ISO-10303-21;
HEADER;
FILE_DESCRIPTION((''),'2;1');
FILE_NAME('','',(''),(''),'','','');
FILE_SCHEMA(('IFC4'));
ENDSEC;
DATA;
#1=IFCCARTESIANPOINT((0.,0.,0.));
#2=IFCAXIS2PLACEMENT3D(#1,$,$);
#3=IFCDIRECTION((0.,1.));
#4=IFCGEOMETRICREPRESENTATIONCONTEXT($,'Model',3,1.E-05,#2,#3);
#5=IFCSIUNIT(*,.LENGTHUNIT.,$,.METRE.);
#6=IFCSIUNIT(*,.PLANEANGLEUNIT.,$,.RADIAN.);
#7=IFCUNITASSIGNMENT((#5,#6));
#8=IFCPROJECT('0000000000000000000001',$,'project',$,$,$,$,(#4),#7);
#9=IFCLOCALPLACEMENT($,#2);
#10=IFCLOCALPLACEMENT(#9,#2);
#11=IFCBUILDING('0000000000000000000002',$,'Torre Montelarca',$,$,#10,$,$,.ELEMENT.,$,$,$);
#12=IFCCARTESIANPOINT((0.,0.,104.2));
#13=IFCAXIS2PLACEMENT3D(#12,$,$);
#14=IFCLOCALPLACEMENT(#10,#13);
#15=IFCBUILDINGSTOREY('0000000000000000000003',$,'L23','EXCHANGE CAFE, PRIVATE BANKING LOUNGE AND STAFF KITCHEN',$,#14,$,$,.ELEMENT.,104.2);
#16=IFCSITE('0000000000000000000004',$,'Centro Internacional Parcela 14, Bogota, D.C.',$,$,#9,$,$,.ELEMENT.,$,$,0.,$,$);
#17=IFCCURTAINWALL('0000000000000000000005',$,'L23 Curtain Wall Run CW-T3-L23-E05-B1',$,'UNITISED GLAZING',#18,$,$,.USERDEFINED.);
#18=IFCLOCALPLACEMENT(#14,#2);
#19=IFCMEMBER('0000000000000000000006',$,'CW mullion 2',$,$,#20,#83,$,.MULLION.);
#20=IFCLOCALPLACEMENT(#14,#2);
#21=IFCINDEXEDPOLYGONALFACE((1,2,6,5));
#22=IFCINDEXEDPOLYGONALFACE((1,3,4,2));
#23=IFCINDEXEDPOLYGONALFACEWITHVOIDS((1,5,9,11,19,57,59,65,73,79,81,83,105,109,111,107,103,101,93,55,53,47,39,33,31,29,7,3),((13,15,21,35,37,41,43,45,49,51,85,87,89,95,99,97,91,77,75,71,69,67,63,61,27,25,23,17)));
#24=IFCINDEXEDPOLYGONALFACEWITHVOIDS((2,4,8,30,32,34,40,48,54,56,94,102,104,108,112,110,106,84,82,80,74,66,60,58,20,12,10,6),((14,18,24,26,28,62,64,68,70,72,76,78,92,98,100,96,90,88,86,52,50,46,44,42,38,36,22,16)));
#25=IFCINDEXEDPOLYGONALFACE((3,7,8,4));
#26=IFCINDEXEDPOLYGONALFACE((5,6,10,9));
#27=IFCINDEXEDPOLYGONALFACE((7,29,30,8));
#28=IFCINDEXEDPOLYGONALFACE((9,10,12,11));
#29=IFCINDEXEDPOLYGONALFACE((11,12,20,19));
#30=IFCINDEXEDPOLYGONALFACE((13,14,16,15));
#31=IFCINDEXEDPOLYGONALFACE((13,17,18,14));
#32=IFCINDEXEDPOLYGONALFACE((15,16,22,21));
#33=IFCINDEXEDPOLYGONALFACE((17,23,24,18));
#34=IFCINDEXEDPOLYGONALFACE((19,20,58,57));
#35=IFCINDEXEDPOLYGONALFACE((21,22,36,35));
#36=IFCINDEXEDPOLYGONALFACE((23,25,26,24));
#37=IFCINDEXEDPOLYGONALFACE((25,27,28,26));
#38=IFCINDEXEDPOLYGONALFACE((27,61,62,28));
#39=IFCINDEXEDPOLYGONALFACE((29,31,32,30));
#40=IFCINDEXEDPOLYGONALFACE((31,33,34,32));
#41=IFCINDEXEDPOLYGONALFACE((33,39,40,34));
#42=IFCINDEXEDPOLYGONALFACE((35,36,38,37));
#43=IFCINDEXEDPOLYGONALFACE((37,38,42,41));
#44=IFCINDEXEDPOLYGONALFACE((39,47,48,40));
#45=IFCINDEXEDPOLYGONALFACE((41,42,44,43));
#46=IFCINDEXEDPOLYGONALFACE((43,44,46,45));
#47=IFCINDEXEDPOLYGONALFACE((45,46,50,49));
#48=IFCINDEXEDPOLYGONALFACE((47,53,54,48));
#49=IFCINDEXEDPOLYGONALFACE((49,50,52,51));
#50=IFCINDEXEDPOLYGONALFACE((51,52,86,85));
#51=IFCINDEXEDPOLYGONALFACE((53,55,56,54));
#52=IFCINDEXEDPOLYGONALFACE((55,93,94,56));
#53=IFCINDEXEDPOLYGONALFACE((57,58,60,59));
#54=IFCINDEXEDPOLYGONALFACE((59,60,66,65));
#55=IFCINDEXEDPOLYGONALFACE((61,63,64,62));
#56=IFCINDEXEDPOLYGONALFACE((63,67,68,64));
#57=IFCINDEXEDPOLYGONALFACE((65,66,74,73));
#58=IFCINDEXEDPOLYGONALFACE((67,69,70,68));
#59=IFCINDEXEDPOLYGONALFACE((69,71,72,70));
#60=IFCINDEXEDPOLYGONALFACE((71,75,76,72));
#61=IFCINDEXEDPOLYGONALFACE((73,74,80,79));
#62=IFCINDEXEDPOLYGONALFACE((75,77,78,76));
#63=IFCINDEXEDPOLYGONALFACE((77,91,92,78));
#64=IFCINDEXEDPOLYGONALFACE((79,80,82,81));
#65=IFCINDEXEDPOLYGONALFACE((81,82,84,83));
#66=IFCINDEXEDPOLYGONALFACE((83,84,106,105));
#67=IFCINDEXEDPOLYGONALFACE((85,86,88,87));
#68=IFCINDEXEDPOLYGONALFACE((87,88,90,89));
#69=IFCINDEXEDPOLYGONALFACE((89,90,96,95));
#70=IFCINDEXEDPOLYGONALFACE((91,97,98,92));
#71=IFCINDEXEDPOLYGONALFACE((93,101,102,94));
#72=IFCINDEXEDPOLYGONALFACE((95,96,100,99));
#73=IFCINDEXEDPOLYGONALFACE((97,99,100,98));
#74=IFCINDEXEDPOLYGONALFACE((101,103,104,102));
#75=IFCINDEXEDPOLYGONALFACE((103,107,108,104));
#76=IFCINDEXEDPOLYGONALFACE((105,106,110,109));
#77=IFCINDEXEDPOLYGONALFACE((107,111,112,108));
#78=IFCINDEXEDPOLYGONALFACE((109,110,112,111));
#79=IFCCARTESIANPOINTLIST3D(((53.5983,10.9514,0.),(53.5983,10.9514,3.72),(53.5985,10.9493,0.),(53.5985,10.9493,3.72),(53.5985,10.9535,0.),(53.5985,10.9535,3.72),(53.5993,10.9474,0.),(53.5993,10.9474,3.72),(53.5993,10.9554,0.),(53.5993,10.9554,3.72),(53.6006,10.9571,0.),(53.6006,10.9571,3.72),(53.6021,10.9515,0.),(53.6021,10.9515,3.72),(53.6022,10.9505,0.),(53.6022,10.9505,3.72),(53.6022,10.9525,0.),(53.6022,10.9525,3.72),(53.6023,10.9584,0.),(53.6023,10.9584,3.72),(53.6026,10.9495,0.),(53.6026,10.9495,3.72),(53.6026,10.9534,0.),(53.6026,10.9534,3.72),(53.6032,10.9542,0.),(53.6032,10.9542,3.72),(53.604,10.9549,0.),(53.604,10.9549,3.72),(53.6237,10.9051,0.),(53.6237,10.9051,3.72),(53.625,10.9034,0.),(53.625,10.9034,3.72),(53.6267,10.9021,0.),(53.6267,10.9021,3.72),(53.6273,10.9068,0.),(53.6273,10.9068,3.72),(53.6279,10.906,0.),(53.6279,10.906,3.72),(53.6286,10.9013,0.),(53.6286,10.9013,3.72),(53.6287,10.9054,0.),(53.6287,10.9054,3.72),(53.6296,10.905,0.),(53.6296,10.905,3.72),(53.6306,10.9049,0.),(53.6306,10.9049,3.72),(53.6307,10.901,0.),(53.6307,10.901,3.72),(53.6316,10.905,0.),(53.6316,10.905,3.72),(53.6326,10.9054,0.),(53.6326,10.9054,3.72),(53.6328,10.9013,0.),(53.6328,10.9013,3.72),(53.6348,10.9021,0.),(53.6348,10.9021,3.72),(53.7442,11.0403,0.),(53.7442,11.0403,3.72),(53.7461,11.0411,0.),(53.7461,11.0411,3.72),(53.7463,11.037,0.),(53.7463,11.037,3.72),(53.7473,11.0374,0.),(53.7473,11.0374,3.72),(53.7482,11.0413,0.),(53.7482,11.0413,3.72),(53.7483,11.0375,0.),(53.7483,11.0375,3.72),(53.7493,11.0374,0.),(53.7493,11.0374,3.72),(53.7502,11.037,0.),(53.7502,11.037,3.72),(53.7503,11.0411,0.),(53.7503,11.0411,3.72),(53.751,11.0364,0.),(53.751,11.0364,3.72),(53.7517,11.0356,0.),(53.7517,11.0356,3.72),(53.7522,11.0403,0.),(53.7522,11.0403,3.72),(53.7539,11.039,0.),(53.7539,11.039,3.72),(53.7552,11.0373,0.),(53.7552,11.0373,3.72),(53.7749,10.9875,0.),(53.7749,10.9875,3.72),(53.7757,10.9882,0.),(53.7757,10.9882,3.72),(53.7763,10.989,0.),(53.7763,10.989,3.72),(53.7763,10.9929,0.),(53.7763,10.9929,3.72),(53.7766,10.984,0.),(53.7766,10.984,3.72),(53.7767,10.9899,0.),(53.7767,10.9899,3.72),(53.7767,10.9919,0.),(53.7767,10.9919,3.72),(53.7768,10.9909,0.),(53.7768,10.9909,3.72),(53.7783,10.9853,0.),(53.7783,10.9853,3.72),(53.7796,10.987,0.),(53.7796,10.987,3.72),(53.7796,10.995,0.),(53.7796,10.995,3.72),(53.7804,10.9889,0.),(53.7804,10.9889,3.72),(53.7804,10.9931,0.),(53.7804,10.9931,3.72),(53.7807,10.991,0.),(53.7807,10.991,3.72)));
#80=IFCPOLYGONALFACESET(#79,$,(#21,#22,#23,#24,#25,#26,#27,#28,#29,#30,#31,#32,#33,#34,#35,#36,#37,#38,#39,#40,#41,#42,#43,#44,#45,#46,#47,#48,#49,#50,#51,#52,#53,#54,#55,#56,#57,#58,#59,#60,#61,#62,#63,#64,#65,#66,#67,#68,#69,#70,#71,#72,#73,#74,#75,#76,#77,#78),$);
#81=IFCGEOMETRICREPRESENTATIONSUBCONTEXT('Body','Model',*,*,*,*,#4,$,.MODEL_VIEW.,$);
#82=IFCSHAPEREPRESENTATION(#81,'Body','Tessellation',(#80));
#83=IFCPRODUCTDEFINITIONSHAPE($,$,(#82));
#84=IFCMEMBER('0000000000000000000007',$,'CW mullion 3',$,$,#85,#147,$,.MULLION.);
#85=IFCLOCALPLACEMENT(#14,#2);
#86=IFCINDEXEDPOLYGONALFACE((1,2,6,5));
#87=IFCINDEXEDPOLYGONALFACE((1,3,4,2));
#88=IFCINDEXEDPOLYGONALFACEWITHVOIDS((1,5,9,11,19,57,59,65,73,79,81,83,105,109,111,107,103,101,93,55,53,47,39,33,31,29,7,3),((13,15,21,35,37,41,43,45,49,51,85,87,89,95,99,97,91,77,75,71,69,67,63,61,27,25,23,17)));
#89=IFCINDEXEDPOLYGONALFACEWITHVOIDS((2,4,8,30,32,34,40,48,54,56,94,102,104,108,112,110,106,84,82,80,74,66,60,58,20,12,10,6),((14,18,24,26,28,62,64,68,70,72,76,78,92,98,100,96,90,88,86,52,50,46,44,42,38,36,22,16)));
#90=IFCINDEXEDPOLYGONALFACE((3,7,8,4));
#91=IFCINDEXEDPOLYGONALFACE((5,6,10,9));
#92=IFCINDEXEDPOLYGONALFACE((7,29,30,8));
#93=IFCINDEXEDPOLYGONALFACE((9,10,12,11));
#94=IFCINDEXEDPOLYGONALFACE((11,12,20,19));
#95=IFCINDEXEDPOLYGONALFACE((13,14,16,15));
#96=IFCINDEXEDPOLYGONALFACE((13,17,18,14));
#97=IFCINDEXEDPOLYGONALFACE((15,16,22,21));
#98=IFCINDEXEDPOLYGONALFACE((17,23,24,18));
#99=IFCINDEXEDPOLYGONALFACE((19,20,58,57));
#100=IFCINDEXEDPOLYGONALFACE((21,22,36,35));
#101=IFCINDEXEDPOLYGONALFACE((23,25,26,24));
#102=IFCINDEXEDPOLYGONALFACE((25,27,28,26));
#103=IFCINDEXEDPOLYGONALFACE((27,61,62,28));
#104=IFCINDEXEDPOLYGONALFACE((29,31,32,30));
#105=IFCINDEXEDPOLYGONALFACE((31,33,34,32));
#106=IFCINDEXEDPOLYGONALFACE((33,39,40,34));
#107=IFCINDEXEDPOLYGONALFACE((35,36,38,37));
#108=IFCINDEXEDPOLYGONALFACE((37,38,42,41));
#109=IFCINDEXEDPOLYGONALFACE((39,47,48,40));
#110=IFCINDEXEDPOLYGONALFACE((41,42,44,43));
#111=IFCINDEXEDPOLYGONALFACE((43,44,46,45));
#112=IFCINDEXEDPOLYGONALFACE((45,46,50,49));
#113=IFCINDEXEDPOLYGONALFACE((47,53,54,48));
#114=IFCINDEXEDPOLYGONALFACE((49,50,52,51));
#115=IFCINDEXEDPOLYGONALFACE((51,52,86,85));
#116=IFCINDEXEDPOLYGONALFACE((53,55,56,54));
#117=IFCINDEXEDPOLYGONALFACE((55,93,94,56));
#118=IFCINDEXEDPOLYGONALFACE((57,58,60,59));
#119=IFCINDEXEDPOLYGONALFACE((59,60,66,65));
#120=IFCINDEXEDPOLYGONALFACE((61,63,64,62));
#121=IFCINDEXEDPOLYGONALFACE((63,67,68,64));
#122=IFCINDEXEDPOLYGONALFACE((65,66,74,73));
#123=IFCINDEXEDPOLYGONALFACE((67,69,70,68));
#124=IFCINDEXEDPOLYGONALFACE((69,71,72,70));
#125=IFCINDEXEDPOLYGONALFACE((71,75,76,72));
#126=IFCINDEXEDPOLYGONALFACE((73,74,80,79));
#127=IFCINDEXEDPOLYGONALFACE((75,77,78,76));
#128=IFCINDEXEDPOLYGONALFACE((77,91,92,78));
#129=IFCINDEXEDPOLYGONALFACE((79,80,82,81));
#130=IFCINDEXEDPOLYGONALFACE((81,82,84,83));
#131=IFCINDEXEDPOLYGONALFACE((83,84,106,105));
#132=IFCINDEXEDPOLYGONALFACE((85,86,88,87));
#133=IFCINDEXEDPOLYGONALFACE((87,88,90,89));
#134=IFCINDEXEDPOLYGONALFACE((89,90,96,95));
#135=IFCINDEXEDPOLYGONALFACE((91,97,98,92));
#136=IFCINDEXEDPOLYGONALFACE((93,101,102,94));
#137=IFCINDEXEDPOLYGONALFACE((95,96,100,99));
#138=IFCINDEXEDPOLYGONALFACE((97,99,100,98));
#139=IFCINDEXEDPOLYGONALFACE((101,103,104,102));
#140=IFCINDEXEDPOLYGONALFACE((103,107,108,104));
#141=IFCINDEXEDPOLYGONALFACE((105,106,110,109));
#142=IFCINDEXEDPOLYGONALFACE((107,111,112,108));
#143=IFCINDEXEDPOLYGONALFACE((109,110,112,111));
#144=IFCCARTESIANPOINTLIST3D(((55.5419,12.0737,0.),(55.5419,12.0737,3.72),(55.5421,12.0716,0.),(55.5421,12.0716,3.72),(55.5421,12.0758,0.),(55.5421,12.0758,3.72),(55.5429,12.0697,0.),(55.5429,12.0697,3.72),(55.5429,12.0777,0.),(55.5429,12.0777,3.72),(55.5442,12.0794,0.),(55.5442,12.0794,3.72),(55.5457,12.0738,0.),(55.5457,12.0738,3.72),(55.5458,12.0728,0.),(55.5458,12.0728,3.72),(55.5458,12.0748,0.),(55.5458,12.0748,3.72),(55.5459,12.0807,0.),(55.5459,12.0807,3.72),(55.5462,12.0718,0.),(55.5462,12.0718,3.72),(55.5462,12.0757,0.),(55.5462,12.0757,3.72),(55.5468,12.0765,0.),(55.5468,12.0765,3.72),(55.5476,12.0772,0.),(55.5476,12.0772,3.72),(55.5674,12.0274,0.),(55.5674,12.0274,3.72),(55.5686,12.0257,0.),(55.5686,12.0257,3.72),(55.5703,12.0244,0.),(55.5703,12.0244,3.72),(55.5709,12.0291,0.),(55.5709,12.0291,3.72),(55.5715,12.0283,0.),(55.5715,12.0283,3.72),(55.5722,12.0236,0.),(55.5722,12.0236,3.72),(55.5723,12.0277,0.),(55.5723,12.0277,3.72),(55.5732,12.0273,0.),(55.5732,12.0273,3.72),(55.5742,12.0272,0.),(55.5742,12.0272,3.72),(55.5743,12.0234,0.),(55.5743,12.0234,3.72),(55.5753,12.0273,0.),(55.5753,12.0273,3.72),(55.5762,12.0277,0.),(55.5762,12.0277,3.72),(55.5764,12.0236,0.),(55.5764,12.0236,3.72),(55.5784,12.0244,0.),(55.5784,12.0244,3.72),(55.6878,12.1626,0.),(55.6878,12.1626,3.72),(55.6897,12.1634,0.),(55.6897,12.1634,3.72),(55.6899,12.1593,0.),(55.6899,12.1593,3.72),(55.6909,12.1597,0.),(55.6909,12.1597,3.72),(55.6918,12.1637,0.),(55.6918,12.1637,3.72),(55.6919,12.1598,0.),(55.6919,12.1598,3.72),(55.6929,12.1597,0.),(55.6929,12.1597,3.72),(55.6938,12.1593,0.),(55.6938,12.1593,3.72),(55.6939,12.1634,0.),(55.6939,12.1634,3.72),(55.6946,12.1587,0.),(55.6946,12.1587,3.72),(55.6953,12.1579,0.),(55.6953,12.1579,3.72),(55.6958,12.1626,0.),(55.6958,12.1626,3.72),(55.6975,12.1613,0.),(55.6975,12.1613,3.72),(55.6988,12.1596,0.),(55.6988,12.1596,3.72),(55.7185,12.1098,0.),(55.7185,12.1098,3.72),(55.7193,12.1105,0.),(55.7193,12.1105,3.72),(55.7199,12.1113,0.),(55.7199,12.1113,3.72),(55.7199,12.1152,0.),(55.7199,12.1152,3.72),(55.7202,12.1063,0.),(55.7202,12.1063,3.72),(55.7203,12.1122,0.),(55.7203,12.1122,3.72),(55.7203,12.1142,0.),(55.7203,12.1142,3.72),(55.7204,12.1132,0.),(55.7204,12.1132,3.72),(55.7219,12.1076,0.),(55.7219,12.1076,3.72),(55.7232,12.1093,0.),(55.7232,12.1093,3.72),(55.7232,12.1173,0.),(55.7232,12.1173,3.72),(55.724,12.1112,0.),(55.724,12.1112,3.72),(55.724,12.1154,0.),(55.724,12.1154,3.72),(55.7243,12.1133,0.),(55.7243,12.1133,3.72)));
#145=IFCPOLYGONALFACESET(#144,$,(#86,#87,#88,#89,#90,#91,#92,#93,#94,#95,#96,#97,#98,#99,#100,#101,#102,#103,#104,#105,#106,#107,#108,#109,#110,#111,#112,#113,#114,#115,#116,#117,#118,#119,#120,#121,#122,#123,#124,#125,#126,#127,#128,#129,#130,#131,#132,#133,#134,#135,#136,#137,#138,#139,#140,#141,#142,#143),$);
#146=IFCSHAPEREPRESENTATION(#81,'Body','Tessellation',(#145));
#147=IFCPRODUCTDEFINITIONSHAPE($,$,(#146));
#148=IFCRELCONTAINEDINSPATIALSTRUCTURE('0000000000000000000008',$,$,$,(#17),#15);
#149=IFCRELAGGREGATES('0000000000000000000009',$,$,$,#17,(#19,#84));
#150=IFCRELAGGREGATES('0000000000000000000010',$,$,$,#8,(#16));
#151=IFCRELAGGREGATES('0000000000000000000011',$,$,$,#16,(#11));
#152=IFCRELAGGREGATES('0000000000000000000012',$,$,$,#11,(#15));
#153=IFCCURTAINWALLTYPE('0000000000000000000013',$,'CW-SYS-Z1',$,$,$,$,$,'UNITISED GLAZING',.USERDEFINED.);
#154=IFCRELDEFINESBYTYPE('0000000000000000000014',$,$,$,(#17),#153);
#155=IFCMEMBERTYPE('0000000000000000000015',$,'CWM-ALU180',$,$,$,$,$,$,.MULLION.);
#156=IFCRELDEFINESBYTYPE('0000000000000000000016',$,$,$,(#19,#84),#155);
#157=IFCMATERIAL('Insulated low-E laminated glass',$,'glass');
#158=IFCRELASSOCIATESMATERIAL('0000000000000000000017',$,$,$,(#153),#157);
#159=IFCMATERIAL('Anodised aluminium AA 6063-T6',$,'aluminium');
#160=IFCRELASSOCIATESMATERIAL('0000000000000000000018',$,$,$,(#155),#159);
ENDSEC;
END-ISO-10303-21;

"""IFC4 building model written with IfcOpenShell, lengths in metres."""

from ifc_helpers import new_model, si_unit, direction, frame, origin, origin_2d, place, context, subcontext, project, spatial, hollow_rectangle, extrude, source, transform, mapped, material, material_profile, profile_set, type_object, element, aggregate, save


model = new_model("IFC4")

# Units and contexts
model_context = context("Model", 3, precision=1e-05, world=origin(), true_north=direction((0.0, 1.0)))
body_context = subcontext(model_context, "Body", "Model", "MODEL_VIEW")
ifc_project = project(units=[si_unit("LENGTHUNIT", "METRE"), si_unit("PLANEANGLEUNIT", "RADIAN")], contexts=[model_context])

# Site, building, storey
site_placement = place(None, origin())
site = spatial("IfcSite", under=ifc_project, at=site_placement, Name="Centro Internacional Parcela 14, Bogota, D.C.", CompositionType="ELEMENT", RefElevation=0.0)
building_placement = place(site_placement, origin())
building = spatial("IfcBuilding", under=site, at=building_placement, Name="Torre Montelarca", CompositionType="ELEMENT")
storey_placement = place(building_placement, frame((0.0, 0.0, 104.2)))
storey = spatial("IfcBuildingStorey", under=building, at=storey_placement, Name="L23", Description="EXCHANGE CAFE, PRIVATE BANKING LOUNGE AND STAFF KITCHEN", CompositionType="ELEMENT", Elevation=104.2)

# Curtain wall
ifc_material_1 = material(Name="Insulated low-E laminated glass", Category="glass")
curtain_wall_type = type_object("IfcCurtainWallType", Name="CW-SYS-Z1", ElementType="UNITISED GLAZING", PredefinedType="USERDEFINED", material=ifc_material_1)
curtain_wall_1_placement = place(storey_placement, origin())
curtain_wall_1 = element("IfcCurtainWall", 1, at=curtain_wall_1_placement, inside=storey, type_object=curtain_wall_type, Name="L23 Curtain Wall Run CW-T3-L23-E05-B1", ObjectType="UNITISED GLAZING", PredefinedType="USERDEFINED")
ifc_material_2 = material(Name="Anodised aluminium AA 6063-T6", Category="aluminium")

# Shared definitions
ifc_material_profile_1 = material_profile(ifc_material_2, hollow_rectangle(XDim=0.0649, YDim=0.1799, WallThickness=0.0039, InnerFilletRadius=0.0039, OuterFilletRadius=0.0081, at=origin_2d()), Name="ALU65X180X4", Category="aluminium")
ifc_profile_set_1 = profile_set([ifc_material_profile_1], Name="Anodised aluminium AA 6063-T6")
member_type_1 = type_object("IfcMemberType", Name="CWM-ALU180", PredefinedType="MULLION", material=ifc_profile_set_1)
shared_shape_1 = source(origin(), body_context, "Body", "SweptSolid", [
    extrude(hollow_rectangle(XDim=0.0649, YDim=0.1799, WallThickness=0.0039, InnerFilletRadius=0.0039, OuterFilletRadius=0.0081, at=origin_2d()), origin(), (0.0, 0.0, 1.0), 3.72),
])

# Members
member_1_placement = place(storey_placement, frame((53.6895, 10.9712, 0.0), z_axis=(0.0, 0.0, 1.0), x_axis=(-0.500003, 0.866024, 0.0)))
member_1 = element("IfcMember", 2, at=member_1_placement, type_object=member_type_1, Name="CW mullion 2", PredefinedType="MULLION", context=body_context, shape_type="MappedRepresentation", body=[
    mapped(shared_shape_1, transform((0.0, 0.0, 0.0), scale=1.0)),
])
member_2_placement = place(storey_placement, frame((55.6331, 12.0935, 0.0), z_axis=(0.0, 0.0, 1.0), x_axis=(-0.500003, 0.866024, 0.0)))
member_2 = element("IfcMember", 3, at=member_2_placement, type_object=member_type_1, Name="CW mullion 3", PredefinedType="MULLION", context=body_context, shape_type="MappedRepresentation", body=[
    mapped(shared_shape_1, transform((0.0, 0.0, 0.0), scale=1.0)),
])

aggregate(curtain_wall_1, [member_1, member_2])

save(model, "model.ifc")
